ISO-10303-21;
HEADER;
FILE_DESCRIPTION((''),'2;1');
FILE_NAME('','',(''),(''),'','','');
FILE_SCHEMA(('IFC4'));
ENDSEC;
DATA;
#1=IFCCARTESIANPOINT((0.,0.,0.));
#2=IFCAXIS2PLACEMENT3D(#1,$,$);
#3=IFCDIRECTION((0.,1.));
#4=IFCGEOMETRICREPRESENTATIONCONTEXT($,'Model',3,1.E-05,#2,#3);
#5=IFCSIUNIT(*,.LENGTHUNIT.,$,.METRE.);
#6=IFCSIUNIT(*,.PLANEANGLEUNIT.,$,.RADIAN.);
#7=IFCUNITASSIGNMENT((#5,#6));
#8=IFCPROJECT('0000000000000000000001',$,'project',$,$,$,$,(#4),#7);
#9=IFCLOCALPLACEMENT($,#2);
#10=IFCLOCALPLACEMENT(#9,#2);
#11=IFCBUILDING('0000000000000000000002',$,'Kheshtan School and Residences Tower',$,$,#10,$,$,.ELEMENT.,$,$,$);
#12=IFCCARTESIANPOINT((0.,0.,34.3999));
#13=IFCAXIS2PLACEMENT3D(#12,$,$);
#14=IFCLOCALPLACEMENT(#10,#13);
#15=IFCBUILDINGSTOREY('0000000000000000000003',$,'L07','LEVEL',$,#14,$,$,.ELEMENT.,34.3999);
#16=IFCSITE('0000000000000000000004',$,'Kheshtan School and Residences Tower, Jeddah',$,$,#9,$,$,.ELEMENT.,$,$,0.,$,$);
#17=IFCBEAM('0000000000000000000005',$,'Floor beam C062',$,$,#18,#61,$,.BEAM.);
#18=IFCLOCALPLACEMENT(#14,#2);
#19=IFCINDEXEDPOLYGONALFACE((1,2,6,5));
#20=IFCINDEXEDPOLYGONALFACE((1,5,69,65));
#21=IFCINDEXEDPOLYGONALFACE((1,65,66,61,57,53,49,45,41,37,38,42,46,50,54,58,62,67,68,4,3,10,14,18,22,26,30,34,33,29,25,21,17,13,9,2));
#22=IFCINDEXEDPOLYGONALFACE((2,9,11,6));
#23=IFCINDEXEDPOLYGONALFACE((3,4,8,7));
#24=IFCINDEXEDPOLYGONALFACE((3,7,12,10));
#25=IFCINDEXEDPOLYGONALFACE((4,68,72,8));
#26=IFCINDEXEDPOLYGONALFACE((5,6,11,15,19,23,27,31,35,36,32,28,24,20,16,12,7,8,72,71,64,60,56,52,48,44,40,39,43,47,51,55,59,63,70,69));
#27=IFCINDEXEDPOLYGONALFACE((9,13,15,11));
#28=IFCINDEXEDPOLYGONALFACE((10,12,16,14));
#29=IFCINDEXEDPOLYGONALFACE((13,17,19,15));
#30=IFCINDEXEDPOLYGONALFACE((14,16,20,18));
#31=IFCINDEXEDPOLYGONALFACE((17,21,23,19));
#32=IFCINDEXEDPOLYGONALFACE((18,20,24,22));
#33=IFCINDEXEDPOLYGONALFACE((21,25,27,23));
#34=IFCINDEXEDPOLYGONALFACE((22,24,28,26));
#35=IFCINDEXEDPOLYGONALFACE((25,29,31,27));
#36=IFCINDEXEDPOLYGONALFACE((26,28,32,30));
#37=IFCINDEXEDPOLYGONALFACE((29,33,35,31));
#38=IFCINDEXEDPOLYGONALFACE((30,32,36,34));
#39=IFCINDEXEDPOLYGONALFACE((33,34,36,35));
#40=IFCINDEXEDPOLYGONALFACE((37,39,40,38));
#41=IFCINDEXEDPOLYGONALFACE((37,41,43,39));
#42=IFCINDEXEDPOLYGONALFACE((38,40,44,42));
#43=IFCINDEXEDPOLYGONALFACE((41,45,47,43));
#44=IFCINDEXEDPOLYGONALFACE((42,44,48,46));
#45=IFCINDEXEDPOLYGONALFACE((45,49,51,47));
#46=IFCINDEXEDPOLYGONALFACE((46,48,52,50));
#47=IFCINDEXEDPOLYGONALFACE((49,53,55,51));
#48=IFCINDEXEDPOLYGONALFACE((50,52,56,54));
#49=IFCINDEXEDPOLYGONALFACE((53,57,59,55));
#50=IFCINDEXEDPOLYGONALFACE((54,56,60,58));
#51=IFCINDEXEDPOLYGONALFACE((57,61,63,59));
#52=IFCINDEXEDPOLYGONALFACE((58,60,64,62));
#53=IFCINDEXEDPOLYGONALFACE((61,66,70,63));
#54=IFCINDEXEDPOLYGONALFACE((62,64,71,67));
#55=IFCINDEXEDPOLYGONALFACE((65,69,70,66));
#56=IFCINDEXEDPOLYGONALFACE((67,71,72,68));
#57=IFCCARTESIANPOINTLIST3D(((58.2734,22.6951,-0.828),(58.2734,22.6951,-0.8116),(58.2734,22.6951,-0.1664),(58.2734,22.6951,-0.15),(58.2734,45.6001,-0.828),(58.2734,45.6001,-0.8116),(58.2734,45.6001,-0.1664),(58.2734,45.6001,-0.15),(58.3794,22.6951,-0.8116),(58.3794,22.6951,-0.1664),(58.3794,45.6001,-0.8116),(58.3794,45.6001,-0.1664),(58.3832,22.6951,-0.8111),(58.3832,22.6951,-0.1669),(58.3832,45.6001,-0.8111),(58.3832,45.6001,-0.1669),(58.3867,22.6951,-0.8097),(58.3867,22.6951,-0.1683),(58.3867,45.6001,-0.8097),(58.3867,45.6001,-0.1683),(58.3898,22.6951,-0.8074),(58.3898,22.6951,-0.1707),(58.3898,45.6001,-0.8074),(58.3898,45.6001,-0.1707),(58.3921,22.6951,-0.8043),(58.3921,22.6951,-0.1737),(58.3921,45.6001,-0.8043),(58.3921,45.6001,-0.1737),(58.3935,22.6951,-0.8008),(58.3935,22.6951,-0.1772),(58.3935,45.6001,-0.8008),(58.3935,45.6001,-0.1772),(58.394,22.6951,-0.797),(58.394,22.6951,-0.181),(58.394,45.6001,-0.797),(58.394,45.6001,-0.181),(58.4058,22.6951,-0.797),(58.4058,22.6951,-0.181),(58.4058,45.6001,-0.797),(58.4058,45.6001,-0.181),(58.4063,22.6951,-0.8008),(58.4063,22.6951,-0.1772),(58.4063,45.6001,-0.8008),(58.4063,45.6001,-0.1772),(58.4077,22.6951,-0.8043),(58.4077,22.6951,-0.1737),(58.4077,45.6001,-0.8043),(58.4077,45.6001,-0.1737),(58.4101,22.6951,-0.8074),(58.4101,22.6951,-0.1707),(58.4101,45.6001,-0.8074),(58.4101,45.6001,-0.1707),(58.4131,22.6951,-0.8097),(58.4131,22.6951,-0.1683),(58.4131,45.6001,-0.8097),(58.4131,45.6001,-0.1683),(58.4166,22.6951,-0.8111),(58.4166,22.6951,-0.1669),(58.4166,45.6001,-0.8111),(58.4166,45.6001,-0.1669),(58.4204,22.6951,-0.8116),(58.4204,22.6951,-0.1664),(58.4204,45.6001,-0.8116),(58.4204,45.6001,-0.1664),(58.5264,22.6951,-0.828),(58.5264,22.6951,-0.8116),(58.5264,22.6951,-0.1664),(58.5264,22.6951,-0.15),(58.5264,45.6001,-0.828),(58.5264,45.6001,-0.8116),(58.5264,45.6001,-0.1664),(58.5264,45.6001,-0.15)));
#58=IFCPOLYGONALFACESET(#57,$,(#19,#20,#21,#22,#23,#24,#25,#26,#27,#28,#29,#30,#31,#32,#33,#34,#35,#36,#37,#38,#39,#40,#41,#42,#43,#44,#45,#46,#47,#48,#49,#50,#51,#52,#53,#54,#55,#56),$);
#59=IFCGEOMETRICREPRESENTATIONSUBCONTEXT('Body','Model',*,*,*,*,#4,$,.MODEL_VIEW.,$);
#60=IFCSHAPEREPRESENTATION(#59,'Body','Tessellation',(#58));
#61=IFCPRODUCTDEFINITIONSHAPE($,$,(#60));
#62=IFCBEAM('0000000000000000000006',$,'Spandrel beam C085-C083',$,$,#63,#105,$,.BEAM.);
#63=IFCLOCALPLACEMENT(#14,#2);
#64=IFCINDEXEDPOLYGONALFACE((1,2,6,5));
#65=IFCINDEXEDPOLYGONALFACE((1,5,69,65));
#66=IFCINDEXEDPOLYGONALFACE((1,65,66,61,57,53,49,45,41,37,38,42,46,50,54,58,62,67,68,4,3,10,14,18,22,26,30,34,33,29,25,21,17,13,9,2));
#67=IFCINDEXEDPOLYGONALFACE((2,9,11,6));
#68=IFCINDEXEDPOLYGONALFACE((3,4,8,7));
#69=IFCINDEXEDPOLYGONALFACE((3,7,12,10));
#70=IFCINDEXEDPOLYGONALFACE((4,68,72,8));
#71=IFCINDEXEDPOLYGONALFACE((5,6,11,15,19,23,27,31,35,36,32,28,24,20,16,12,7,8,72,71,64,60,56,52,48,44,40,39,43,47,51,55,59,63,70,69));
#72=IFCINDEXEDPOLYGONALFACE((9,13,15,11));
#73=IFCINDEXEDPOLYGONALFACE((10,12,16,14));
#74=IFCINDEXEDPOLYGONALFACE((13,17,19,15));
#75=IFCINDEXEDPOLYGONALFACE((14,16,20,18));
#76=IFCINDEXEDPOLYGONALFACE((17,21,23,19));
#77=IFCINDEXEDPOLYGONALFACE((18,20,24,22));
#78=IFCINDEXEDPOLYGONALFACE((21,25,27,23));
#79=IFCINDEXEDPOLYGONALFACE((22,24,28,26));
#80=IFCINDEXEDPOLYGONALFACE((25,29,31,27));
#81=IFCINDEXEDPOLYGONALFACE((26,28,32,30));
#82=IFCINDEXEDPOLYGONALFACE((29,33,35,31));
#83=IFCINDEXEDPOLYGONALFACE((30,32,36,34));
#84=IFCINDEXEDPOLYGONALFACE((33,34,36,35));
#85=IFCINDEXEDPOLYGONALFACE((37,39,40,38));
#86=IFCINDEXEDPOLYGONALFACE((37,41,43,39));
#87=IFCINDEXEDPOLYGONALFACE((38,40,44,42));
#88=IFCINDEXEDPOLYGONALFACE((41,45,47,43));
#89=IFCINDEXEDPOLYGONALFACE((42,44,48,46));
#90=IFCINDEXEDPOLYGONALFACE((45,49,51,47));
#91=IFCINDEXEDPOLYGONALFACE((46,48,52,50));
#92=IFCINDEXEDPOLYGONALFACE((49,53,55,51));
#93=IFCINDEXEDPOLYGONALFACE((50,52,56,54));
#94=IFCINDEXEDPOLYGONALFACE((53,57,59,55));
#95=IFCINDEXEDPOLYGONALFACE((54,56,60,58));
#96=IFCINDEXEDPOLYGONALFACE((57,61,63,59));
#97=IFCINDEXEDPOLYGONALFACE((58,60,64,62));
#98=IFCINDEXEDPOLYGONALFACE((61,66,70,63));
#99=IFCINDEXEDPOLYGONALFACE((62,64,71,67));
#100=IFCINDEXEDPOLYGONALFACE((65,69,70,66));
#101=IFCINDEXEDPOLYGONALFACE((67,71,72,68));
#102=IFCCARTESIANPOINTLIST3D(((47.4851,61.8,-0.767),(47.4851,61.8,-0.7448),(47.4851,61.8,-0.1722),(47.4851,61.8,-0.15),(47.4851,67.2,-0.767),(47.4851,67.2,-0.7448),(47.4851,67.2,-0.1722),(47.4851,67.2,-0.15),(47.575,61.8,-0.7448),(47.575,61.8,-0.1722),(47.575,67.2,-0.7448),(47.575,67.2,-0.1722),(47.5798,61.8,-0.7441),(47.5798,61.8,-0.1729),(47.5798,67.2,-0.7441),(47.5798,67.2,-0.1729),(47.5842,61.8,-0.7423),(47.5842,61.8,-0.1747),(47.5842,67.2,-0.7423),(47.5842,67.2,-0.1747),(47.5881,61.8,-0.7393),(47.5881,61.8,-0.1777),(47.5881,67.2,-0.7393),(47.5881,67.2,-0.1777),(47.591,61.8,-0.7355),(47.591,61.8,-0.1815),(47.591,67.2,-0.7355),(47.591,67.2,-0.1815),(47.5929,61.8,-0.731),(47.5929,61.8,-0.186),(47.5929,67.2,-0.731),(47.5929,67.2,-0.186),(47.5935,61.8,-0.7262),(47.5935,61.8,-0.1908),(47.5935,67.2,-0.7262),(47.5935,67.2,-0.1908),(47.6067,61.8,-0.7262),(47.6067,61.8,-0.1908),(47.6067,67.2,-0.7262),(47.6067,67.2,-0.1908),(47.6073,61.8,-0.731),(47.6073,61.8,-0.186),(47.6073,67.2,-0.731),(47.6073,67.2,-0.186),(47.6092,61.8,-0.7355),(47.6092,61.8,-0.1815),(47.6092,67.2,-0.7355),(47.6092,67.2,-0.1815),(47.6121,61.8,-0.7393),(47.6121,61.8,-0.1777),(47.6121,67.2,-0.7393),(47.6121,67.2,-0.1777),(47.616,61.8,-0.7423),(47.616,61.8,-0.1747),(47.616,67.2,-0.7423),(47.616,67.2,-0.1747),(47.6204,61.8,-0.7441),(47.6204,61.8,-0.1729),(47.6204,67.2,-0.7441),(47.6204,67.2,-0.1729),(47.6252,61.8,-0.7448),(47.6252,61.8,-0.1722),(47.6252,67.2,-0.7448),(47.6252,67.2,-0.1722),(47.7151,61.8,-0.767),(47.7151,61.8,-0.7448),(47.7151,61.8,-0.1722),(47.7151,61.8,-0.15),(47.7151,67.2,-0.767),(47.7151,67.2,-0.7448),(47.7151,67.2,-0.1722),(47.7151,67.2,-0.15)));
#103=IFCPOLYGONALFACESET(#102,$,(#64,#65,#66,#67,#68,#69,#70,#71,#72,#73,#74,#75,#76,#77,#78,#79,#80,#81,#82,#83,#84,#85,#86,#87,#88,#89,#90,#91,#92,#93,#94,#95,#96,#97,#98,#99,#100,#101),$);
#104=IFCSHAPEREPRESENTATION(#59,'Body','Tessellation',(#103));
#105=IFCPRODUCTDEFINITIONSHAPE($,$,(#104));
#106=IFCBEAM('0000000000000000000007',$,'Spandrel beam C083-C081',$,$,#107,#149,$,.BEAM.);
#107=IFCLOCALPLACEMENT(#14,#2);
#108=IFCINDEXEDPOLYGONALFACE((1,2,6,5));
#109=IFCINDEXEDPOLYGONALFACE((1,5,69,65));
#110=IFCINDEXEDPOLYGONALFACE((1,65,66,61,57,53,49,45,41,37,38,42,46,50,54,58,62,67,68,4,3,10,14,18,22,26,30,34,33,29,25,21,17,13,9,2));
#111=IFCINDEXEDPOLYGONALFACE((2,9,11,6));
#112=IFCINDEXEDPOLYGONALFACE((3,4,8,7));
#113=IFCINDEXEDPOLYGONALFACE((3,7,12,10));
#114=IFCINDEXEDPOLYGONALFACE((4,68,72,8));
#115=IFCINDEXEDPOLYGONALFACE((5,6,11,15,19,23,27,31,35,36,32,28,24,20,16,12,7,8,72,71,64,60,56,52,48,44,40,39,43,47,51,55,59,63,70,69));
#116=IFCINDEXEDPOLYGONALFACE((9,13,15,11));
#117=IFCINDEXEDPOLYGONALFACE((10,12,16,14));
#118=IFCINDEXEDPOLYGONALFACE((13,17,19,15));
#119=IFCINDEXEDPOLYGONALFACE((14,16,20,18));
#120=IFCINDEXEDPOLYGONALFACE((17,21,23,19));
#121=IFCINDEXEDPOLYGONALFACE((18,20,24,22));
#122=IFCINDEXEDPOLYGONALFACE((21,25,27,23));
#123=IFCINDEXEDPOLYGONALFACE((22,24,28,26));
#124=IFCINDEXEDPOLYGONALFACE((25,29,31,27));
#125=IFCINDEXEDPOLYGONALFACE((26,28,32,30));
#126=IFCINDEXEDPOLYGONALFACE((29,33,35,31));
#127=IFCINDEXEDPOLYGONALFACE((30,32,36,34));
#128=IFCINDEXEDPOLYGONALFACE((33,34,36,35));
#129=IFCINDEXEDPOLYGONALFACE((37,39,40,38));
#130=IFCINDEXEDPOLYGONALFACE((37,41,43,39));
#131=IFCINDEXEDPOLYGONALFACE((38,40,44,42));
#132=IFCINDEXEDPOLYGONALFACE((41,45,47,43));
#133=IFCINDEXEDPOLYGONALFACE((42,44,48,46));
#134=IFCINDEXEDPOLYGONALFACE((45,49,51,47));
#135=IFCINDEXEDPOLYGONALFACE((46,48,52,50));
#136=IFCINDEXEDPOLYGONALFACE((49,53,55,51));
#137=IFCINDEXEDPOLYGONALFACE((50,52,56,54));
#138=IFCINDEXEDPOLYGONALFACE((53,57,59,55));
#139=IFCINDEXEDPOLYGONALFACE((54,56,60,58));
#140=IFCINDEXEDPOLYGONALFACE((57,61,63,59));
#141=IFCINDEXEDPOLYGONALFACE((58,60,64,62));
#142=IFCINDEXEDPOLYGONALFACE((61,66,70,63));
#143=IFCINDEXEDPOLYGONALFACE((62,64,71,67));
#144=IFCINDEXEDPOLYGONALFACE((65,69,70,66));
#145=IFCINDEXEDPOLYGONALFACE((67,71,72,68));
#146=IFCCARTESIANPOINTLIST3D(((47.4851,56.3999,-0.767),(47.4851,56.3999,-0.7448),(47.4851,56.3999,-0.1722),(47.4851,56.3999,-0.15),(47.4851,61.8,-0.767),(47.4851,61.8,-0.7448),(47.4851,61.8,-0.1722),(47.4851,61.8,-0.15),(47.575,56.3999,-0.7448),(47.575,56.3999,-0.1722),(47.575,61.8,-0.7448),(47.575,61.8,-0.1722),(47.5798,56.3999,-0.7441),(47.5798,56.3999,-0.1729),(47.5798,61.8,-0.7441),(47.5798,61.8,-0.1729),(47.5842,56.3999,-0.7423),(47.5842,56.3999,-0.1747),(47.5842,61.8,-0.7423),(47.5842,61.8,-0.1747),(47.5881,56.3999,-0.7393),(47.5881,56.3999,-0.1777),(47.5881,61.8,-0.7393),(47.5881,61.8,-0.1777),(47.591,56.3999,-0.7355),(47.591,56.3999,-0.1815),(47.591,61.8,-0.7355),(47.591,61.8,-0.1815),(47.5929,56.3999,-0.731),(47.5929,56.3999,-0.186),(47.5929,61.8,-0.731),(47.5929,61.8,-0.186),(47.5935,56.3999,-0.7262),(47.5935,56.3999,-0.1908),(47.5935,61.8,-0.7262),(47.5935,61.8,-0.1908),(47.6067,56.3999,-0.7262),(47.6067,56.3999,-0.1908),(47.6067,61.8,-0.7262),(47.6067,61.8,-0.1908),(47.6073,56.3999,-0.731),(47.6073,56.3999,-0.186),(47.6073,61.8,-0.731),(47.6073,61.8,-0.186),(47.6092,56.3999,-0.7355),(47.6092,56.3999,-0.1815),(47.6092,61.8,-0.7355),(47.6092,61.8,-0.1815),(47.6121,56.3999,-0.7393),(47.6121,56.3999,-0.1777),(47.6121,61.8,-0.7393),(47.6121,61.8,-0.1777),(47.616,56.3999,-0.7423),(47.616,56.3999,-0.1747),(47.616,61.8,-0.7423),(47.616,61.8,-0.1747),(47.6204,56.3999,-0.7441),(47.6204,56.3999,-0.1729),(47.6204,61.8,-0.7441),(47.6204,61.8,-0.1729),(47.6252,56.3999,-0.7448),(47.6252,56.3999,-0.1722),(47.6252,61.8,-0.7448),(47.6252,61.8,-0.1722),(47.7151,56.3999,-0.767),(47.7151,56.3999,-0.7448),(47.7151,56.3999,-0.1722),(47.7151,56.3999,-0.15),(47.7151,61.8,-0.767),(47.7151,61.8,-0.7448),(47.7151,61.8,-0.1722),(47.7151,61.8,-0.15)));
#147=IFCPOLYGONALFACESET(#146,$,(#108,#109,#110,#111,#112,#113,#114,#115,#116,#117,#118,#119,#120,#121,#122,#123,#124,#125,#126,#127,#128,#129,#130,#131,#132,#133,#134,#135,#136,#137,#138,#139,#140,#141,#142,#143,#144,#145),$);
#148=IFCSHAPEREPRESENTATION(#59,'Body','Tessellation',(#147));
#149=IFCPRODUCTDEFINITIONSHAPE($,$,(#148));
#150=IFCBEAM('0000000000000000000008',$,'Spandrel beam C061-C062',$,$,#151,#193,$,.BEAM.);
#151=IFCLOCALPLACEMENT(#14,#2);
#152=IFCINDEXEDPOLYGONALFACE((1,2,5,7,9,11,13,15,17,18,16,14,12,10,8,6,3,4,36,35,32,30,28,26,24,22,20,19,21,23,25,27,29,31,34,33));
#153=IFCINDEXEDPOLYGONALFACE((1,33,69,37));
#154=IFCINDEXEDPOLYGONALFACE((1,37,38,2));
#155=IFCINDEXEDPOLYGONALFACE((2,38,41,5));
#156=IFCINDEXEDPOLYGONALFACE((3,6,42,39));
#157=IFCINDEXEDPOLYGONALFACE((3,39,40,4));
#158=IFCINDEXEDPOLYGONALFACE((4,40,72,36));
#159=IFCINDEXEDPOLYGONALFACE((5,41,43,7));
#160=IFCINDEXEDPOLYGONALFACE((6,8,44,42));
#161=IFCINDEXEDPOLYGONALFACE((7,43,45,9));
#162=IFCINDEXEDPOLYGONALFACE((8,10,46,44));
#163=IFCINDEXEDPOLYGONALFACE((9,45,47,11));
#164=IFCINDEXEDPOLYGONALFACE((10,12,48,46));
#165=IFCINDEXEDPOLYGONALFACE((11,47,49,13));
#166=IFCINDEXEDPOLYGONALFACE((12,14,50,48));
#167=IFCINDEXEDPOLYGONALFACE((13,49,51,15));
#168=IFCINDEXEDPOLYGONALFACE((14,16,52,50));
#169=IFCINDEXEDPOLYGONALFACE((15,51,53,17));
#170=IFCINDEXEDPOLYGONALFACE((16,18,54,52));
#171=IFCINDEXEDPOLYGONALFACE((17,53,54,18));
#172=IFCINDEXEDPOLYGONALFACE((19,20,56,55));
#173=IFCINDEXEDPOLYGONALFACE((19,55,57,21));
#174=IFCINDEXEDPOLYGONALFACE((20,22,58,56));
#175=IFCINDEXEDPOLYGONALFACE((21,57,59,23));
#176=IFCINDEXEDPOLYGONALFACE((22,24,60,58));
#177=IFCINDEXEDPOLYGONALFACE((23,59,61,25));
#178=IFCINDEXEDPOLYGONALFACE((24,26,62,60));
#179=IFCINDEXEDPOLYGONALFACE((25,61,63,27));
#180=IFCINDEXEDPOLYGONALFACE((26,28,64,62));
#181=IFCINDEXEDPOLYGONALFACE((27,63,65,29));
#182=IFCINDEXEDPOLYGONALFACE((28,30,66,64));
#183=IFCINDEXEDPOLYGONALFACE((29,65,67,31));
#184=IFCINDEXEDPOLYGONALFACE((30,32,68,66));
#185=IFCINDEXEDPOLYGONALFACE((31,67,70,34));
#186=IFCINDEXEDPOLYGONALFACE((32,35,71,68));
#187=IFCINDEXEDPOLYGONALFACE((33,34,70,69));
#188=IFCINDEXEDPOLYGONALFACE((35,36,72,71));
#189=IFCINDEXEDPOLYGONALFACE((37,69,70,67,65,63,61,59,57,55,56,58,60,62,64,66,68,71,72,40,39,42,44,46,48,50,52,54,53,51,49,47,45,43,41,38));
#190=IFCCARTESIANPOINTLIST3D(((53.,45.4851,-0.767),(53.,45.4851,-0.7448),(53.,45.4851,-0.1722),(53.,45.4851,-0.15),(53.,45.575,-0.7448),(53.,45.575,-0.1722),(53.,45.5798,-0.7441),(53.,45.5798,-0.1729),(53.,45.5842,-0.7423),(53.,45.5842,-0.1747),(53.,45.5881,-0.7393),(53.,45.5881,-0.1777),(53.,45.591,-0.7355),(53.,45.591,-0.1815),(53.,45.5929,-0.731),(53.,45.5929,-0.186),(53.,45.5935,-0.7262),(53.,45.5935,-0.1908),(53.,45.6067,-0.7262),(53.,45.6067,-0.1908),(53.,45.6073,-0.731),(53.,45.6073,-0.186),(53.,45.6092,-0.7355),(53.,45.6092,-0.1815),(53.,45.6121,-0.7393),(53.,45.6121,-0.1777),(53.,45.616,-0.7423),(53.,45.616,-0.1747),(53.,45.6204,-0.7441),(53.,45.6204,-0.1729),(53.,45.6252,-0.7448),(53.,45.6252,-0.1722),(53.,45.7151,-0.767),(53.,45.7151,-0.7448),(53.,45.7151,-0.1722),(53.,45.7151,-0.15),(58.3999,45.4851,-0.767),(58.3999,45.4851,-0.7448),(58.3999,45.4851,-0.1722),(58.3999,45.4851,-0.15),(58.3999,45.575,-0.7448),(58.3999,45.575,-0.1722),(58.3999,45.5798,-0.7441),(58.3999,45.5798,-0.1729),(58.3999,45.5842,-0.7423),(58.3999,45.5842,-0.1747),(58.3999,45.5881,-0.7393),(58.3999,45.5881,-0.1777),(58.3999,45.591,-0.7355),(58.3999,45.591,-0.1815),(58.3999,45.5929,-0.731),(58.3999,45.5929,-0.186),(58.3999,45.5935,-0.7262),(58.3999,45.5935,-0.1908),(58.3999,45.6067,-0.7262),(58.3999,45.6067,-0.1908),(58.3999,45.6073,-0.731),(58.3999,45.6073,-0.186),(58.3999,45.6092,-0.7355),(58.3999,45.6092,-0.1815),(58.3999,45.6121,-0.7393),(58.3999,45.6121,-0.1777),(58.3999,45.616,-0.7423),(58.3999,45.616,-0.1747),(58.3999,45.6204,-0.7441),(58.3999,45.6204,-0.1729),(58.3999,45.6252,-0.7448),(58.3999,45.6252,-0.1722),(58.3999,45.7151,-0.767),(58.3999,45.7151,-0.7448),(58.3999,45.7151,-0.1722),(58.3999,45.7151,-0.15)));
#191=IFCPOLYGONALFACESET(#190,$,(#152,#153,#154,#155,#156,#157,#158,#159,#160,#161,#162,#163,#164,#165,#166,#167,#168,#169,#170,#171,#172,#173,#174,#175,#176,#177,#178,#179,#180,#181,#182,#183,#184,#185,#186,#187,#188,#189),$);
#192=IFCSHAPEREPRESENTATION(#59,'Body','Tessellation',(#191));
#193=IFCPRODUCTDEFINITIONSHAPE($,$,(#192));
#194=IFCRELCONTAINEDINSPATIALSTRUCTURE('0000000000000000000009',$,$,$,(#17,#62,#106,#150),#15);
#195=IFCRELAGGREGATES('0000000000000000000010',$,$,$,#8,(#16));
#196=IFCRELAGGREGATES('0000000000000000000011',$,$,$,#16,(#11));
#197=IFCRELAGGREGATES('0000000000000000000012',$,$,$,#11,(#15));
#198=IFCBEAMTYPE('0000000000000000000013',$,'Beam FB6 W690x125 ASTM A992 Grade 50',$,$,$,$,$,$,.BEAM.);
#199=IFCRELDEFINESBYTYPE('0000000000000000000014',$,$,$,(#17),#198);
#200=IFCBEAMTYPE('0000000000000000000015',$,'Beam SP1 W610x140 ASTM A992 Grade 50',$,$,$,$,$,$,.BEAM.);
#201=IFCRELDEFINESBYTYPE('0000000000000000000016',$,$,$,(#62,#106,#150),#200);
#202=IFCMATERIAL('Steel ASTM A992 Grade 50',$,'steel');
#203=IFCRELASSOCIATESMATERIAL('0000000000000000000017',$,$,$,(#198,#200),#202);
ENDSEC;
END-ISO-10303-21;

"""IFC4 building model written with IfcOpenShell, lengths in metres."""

from ifc_helpers import new_model, si_unit, direction, frame, origin, origin_2d, place, context, subcontext, project, spatial, i_section, extrude, material, material_profile, profile_set, type_object, element, save


model = new_model("IFC4")

# Units and contexts
model_context = context("Model", 3, precision=1e-05, world=origin(), true_north=direction((0.0, 1.0)))
body_context = subcontext(model_context, "Body", "Model", "MODEL_VIEW")
ifc_project = project(units=[si_unit("LENGTHUNIT", "METRE"), si_unit("PLANEANGLEUNIT", "RADIAN")], contexts=[model_context])

# Site, building, storey
site_placement = place(None, origin())
site = spatial("IfcSite", under=ifc_project, at=site_placement, Name="Kheshtan School and Residences Tower, Jeddah", CompositionType="ELEMENT", RefElevation=0.0)
building_placement = place(site_placement, origin())
building = spatial("IfcBuilding", under=site, at=building_placement, Name="Kheshtan School and Residences Tower", CompositionType="ELEMENT")
storey_placement = place(building_placement, frame((0.0, 0.0, 34.3999)))
storey = spatial("IfcBuildingStorey", under=building, at=storey_placement, Name="L07", Description="LEVEL", CompositionType="ELEMENT", Elevation=34.3999)

# Shared definitions
ifc_material_1 = material(Name="Steel ASTM A992 Grade 50", Category="steel")

# Beams
ifc_material_profile_1 = material_profile(ifc_material_1, i_section(OverallWidth=0.2529, OverallDepth=0.678, WebThickness=0.0117, FlangeThickness=0.0164, FilletRadius=0.0146, at=origin_2d()), Name="W690x125")
ifc_profile_set_1 = profile_set([ifc_material_profile_1], Name="Steel ASTM A992 Grade 50")
beam_type_1 = type_object("IfcBeamType", Name="Beam FB6 W690x125 ASTM A992 Grade 50", PredefinedType="BEAM", material=ifc_profile_set_1)
beam_1_placement = place(storey_placement, frame((58.3999, 45.6001, -0.489), z_axis=(0.0, -1.0, 0.0), x_axis=(1.0, 0.0, 0.0)))
element("IfcBeam", 1, at=beam_1_placement, inside=storey, type_object=beam_type_1, Name="Floor beam C062", PredefinedType="BEAM", context=body_context, shape_type="SweptSolid", body=[
    extrude(i_section(OverallWidth=0.2529, OverallDepth=0.678, WebThickness=0.0117, FlangeThickness=0.0164, FilletRadius=0.0146, at=origin_2d()), origin(), (0.0, 0.0, 1.0), 22.905),
])
ifc_material_profile_2 = material_profile(ifc_material_1, i_section(OverallWidth=0.23, OverallDepth=0.6169, WebThickness=0.0132, FlangeThickness=0.0222, FilletRadius=0.0186, at=origin_2d()), Name="W610x140")
ifc_profile_set_2 = profile_set([ifc_material_profile_2], Name="Steel ASTM A992 Grade 50")
beam_type_2 = type_object("IfcBeamType", Name="Beam SP1 W610x140 ASTM A992 Grade 50", PredefinedType="BEAM", material=ifc_profile_set_2)
beam_2_placement = place(storey_placement, frame((47.6001, 67.2, -0.4585), z_axis=(0.0, -1.0, 0.0), x_axis=(1.0, 0.0, 0.0)))
element("IfcBeam", 2, at=beam_2_placement, inside=storey, type_object=beam_type_2, Name="Spandrel beam C085-C083", PredefinedType="BEAM", context=body_context, shape_type="SweptSolid", body=[
    extrude(i_section(OverallWidth=0.23, OverallDepth=0.6169, WebThickness=0.0132, FlangeThickness=0.0222, FilletRadius=0.0186, at=origin_2d()), origin(), (0.0, 0.0, 1.0), 5.3999),
])
beam_3_placement = place(storey_placement, frame((47.6001, 61.8, -0.4585), z_axis=(0.0, -1.0, 0.0), x_axis=(1.0, 0.0, 0.0)))
element("IfcBeam", 3, at=beam_3_placement, inside=storey, type_object=beam_type_2, Name="Spandrel beam C083-C081", PredefinedType="BEAM", context=body_context, shape_type="SweptSolid", body=[
    extrude(i_section(OverallWidth=0.23, OverallDepth=0.6169, WebThickness=0.0132, FlangeThickness=0.0222, FilletRadius=0.0186, at=origin_2d()), origin(), (0.0, 0.0, 1.0), 5.4001),
])
beam_4_placement = place(storey_placement, frame((53.0, 45.6001, -0.4585), z_axis=(1.0, 0.0, 0.0), x_axis=(0.0, 1.0, 0.0)))
element("IfcBeam", 4, at=beam_4_placement, inside=storey, type_object=beam_type_2, Name="Spandrel beam C061-C062", PredefinedType="BEAM", context=body_context, shape_type="SweptSolid", body=[
    extrude(i_section(OverallWidth=0.23, OverallDepth=0.6169, WebThickness=0.0132, FlangeThickness=0.0222, FilletRadius=0.0186, at=origin_2d()), origin(), (0.0, 0.0, 1.0), 5.3999),
])

save(model, "model.ifc")
